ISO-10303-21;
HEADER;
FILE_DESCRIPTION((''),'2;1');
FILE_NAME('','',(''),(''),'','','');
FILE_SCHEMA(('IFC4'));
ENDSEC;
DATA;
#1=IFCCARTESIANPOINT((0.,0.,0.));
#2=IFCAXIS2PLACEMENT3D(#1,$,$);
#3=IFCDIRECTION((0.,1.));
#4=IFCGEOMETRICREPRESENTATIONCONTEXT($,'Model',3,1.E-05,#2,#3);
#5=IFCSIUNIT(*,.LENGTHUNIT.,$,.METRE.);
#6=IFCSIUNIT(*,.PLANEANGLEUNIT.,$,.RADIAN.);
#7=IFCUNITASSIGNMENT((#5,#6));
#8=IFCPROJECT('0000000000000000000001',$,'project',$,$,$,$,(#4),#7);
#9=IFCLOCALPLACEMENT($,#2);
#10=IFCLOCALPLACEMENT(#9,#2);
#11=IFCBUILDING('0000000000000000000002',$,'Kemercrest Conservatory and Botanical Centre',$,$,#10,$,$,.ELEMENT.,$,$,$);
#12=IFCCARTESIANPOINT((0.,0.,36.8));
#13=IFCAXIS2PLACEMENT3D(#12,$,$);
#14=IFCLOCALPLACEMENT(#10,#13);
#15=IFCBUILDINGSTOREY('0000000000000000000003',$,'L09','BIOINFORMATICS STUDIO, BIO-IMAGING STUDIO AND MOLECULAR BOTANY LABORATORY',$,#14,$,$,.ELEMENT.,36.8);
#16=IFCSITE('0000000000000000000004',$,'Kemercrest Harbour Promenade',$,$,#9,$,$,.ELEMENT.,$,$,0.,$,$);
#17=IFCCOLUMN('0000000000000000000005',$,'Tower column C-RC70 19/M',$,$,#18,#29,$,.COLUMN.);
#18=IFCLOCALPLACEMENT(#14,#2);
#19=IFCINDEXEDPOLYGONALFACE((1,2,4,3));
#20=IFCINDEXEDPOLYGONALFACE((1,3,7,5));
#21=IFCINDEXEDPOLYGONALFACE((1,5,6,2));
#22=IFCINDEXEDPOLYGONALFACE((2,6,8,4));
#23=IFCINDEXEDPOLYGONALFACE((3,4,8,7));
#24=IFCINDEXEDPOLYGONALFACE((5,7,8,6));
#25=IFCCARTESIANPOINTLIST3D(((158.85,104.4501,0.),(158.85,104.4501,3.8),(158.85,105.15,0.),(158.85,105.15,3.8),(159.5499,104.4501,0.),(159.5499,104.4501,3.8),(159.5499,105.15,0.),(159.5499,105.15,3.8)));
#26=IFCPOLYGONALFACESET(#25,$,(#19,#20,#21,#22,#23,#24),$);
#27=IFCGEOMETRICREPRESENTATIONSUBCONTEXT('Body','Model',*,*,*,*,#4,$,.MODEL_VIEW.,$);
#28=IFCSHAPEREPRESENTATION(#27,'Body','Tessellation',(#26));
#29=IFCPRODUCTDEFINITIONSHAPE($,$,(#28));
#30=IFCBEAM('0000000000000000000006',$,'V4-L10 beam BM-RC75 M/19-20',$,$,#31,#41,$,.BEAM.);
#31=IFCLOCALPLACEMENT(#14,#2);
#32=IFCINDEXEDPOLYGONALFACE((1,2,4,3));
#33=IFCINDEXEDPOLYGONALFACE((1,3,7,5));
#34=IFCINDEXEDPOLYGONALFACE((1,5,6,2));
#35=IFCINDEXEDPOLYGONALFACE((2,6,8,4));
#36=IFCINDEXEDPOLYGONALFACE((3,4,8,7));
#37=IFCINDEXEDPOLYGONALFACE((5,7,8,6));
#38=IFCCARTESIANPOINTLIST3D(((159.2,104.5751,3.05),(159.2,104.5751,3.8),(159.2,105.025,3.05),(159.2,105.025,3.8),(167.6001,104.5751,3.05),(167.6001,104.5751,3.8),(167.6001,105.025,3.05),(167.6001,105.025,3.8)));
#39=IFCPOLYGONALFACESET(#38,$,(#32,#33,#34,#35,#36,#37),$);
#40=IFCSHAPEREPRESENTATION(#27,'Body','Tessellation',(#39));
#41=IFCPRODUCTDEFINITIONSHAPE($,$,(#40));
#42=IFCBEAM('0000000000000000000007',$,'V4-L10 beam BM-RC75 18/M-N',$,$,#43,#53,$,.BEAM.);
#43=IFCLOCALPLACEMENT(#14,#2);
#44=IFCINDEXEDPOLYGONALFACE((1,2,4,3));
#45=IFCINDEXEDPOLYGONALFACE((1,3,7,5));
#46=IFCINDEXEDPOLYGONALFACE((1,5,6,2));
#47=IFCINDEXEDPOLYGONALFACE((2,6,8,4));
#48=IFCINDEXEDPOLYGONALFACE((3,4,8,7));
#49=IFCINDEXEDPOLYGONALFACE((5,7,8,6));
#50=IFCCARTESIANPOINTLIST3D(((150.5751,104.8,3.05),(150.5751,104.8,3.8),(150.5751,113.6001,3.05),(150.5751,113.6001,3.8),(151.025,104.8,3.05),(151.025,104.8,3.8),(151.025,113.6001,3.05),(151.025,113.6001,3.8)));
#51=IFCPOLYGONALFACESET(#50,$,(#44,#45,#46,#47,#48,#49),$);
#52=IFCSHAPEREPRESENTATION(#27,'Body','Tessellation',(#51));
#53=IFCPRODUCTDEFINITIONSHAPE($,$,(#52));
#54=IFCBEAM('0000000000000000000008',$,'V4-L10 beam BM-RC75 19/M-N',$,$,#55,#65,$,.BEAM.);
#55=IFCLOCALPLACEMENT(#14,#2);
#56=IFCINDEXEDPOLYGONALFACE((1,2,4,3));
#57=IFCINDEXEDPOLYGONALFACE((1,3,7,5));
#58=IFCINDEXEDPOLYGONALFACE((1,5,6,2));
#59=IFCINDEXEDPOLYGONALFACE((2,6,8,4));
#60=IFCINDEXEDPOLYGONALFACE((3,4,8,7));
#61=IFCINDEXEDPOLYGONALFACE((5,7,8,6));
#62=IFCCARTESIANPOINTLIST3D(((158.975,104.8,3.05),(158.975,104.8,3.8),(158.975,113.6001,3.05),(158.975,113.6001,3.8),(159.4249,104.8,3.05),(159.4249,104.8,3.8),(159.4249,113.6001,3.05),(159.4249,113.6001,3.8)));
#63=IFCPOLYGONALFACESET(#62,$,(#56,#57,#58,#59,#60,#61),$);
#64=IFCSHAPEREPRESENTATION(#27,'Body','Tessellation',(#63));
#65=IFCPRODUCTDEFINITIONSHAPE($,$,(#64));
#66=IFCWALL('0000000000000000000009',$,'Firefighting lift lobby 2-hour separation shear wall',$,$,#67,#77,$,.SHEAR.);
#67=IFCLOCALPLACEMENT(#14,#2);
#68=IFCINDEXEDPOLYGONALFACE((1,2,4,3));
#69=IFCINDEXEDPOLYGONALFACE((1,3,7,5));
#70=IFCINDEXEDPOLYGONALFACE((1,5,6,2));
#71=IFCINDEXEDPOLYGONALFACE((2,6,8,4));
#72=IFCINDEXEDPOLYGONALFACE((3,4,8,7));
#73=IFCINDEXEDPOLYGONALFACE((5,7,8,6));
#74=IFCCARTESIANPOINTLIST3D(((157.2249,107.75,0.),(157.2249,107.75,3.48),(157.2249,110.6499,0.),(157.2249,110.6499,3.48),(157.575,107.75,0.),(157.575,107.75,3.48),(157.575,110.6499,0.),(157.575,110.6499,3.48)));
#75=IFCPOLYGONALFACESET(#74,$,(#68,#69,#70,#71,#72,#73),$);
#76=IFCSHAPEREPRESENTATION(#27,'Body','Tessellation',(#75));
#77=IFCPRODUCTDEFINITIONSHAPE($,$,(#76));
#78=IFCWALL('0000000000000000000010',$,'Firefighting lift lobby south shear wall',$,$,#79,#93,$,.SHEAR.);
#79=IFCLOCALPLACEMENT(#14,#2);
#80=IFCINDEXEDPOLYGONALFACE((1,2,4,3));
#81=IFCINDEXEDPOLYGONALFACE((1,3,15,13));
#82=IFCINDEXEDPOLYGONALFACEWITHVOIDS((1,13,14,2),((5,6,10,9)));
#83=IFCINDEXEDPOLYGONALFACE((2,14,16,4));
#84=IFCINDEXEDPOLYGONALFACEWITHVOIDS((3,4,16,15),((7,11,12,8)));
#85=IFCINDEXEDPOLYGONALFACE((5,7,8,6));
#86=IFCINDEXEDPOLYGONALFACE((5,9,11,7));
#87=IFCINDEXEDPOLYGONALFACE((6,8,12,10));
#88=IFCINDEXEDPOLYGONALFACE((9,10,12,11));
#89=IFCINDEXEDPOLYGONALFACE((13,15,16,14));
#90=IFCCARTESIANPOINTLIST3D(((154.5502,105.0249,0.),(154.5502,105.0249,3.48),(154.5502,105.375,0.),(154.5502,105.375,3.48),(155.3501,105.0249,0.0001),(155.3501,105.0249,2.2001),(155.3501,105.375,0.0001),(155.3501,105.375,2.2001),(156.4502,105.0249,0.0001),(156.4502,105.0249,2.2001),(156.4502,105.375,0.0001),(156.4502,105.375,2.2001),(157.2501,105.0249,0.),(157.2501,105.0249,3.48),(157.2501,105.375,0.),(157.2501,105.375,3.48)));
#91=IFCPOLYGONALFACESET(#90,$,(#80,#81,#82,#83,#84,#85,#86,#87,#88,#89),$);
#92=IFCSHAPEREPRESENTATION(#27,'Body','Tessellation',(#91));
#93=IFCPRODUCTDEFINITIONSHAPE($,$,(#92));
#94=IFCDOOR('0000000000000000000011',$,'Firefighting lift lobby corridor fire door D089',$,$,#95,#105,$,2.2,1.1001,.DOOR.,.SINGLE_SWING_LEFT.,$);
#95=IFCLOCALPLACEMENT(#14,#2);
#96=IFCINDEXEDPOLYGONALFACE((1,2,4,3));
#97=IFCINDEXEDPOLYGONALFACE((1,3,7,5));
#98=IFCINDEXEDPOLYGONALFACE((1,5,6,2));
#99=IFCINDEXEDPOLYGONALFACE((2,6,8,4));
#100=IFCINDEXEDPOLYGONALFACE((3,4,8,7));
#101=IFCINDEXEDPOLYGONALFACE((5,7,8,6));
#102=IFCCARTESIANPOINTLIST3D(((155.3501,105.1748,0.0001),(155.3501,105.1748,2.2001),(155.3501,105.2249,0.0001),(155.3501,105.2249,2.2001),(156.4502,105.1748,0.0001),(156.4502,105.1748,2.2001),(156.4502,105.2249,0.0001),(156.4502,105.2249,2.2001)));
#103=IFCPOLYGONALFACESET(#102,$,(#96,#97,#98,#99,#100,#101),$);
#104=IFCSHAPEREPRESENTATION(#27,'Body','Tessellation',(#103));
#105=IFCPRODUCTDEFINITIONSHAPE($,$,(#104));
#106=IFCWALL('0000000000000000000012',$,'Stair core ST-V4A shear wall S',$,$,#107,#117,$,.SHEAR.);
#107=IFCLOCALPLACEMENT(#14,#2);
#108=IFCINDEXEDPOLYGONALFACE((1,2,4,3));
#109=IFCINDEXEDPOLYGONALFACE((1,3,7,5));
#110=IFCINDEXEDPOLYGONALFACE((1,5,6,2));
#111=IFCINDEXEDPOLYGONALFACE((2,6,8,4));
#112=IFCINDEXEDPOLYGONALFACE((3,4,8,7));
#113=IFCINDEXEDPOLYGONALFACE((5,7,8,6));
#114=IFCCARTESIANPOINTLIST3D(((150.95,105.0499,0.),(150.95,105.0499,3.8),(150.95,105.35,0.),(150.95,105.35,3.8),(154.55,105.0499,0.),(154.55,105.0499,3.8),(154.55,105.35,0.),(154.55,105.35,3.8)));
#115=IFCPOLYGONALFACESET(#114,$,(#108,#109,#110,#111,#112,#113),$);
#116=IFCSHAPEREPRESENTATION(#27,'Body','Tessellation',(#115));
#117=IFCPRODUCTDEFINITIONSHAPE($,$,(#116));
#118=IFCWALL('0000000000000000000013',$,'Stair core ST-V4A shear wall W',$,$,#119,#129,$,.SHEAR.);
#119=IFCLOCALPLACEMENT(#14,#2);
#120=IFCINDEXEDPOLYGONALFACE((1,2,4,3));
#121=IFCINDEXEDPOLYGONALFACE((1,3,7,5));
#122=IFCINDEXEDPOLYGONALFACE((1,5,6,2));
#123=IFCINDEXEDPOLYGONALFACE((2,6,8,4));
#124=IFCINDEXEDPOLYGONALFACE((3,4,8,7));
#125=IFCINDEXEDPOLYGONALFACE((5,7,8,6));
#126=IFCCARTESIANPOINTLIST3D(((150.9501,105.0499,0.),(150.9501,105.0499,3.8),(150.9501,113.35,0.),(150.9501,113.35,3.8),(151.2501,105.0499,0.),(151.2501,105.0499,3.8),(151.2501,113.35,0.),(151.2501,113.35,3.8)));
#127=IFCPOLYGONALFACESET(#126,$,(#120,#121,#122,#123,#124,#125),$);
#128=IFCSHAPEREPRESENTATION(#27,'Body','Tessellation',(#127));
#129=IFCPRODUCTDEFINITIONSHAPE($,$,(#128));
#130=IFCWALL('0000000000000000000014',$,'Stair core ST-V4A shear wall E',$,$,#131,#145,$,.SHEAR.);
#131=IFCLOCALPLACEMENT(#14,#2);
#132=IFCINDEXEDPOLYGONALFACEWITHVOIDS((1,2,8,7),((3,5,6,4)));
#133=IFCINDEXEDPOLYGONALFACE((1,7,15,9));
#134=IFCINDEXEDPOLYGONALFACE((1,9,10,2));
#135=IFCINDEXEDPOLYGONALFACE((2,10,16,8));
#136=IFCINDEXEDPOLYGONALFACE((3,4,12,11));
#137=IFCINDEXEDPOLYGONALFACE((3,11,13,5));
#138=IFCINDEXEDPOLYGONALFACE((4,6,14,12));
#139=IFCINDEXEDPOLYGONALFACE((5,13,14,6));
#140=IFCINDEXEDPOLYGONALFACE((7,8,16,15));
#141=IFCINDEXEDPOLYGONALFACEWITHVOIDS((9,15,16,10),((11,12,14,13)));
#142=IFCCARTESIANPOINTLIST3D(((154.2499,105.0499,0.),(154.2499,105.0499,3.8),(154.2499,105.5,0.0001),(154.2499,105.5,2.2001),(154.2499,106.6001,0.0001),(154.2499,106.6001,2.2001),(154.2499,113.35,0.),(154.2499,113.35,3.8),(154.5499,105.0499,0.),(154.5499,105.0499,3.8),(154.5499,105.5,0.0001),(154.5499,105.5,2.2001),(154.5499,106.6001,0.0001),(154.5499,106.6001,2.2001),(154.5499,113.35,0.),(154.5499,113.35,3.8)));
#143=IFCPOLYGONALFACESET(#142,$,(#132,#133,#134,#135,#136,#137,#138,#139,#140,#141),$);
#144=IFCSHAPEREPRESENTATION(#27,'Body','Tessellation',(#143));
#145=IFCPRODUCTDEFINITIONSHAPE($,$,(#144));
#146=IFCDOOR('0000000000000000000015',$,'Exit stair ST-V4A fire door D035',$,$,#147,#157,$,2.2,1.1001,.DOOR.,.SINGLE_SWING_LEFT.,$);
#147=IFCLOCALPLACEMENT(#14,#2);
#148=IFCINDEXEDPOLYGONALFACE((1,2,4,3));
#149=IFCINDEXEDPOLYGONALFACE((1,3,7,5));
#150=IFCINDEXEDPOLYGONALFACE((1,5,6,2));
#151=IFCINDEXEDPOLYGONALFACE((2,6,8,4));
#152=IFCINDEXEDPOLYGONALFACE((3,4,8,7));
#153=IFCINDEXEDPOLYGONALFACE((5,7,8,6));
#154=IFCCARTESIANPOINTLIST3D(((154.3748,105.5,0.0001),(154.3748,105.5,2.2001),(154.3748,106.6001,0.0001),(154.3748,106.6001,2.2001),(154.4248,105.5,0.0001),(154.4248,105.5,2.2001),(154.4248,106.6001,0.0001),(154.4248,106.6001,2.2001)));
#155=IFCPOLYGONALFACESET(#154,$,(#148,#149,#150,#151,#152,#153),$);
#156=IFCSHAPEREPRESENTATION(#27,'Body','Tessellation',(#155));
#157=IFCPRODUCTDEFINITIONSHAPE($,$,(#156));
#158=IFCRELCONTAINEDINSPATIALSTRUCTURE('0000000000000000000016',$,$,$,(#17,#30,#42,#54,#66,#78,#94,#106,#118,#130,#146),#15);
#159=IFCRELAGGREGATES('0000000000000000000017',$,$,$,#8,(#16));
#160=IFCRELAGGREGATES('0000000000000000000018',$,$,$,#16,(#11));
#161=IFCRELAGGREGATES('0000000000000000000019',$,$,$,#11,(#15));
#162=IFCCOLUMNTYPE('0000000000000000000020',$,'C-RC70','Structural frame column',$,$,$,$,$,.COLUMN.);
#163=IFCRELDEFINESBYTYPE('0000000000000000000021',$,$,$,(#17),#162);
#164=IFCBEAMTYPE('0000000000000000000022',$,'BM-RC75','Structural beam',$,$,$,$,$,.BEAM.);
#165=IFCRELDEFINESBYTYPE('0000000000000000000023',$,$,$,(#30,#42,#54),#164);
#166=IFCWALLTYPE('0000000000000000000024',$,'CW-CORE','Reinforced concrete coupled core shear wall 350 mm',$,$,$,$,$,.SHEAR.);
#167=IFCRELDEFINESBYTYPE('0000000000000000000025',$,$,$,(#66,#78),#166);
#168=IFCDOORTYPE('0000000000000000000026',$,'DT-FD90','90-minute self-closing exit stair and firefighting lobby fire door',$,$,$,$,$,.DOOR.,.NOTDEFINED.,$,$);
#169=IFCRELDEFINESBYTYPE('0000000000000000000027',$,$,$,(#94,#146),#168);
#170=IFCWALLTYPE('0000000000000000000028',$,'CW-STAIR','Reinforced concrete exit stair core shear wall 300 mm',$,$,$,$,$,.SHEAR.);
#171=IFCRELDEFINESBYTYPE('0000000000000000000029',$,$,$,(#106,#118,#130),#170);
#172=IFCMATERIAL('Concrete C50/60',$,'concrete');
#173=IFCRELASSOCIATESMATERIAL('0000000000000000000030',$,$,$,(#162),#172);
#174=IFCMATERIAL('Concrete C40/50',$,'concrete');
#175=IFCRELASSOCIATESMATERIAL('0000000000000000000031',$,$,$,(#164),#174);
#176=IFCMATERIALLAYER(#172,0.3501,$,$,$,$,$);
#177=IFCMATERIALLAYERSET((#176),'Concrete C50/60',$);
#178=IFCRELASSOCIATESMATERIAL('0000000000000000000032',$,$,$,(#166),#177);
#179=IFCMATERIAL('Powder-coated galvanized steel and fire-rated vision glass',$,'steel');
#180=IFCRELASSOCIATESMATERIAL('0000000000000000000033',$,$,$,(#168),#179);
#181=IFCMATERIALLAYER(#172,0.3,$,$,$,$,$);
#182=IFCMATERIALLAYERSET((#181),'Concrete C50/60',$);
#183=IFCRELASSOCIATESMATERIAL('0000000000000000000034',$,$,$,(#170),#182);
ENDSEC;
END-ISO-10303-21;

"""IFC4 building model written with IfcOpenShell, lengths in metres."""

from ifc_helpers import new_model, si_unit, direction, frame, frame_2d, origin, origin_2d, place, context, subcontext, project, spatial, rectangle, extrude, material, layer, layer_set, material_profile, profile_set, type_object, element, fill, save


model = new_model("IFC4")

# Units and contexts
model_context = context("Model", 3, precision=1e-05, world=origin(), true_north=direction((0.0, 1.0)))
body_context = subcontext(model_context, "Body", "Model", "MODEL_VIEW")
ifc_project = project(units=[si_unit("LENGTHUNIT", "METRE"), si_unit("PLANEANGLEUNIT", "RADIAN")], contexts=[model_context])

# Site, building, storey
site_placement = place(None, origin())
site = spatial("IfcSite", under=ifc_project, at=site_placement, Name="Kemercrest Harbour Promenade", CompositionType="ELEMENT", RefElevation=0.0)
building_placement = place(site_placement, origin())
building = spatial("IfcBuilding", under=site, at=building_placement, Name="Kemercrest Conservatory and Botanical Centre", CompositionType="ELEMENT")
storey_placement = place(building_placement, frame((0.0, 0.0, 36.8)))
storey = spatial("IfcBuildingStorey", under=building, at=storey_placement, Name="L09", Description="BIOINFORMATICS STUDIO, BIO-IMAGING STUDIO AND MOLECULAR BOTANY LABORATORY", CompositionType="ELEMENT", Elevation=36.8)

# Column
ifc_material_1 = material(Name="Concrete C50/60", Category="concrete")
ifc_material_profile_1 = material_profile(ifc_material_1, rectangle(XDim=0.7, YDim=0.7, at=origin_2d()), Name="RC 700x700")
ifc_profile_set_1 = profile_set([ifc_material_profile_1], Name="Concrete C50/60")
column_type = type_object("IfcColumnType", Name="C-RC70", Description="Structural frame column", PredefinedType="COLUMN", material=ifc_profile_set_1)
column_placement = place(storey_placement, frame((159.2, 104.8, 0.0), z_axis=(0.0, 0.0, 1.0), x_axis=(1.0, 0.0, 0.0)))
element("IfcColumn", 1, at=column_placement, inside=storey, type_object=column_type, Name="Tower column C-RC70 19/M", PredefinedType="COLUMN", context=body_context, shape_type="SweptSolid", body=[
    extrude(rectangle(XDim=0.7, YDim=0.7, at=origin_2d()), origin(), (0.0, 0.0, 1.0), 3.8),
])

# Beams
ifc_material_2 = material(Name="Concrete C40/50", Category="concrete")
ifc_material_profile_2 = material_profile(ifc_material_2, rectangle(XDim=0.45, YDim=0.75, at=origin_2d()), Name="RC 450x750")
ifc_profile_set_2 = profile_set([ifc_material_profile_2], Name="Concrete C40/50")
beam_type = type_object("IfcBeamType", Name="BM-RC75", Description="Structural beam", PredefinedType="BEAM", material=ifc_profile_set_2)
beam_placement = place(storey_placement, frame((159.2, 104.8, 3.425), z_axis=(1.0, 0.0, 0.0), x_axis=(0.0, 1.0, 0.0)))
element("IfcBeam", 2, at=beam_placement, inside=storey, type_object=beam_type, Name="V4-L10 beam BM-RC75 M/19-20", PredefinedType="BEAM", context=body_context, shape_type="SweptSolid", body=[
    extrude(rectangle(XDim=0.45, YDim=0.75, at=origin_2d()), origin(), (0.0, 0.0, 1.0), 8.4001),
])
for number, where, z_axis, x_axis, name in (
    (3, (150.8, 104.8, 3.425), (0.0, 1.0, 0.0), (-1.0, 0.0, 0.0), "V4-L10 beam BM-RC75 18/M-N"),
    (4, (159.2, 104.8, 3.425), (0.0, 1.0, 0.0), (-1.0, 0.0, 0.0), "V4-L10 beam BM-RC75 19/M-N"),
):
    element("IfcBeam", number, at=place(storey_placement, frame(where, z_axis=z_axis, x_axis=x_axis)), inside=storey, type_object=beam_type, Name=name, PredefinedType="BEAM", context=body_context, shape_type="SweptSolid", body=[
        extrude(rectangle(XDim=0.45, YDim=0.75, at=origin_2d()), origin(), (0.0, 0.0, 1.0), 8.8),
    ])

# Wall
ifc_layer_1 = layer(ifc_material_1, 0.3501)
ifc_layer_set_1 = layer_set([ifc_layer_1], Name="Concrete C50/60")
wall_type_1 = type_object("IfcWallType", Name="CW-CORE", Description="Reinforced concrete coupled core shear wall 350 mm", PredefinedType="SHEAR", material=ifc_layer_set_1)
wall_1_placement = place(storey_placement, frame((157.3999, 107.75, 0.0), z_axis=(0.0, 0.0, 1.0), x_axis=(0.0, 1.0, 0.0)))
element("IfcWall", 5, at=wall_1_placement, inside=storey, type_object=wall_type_1, Name="Firefighting lift lobby 2-hour separation shear wall", PredefinedType="SHEAR", context=body_context, shape_type="SweptSolid", body=[
    extrude(rectangle(XDim=2.8999, YDim=0.3501, at=frame_2d((1.45, 0.0))), origin(), (0.0, 0.0, 1.0), 3.48),
])

# Wall, opening, door
wall_2_placement = place(storey_placement, frame((154.55, 105.2, 0.0), z_axis=(0.0, 0.0, 1.0), x_axis=(1.0, 0.0, 0.0)))
wall_2 = element("IfcWall", 6, at=wall_2_placement, inside=storey, type_object=wall_type_1, Name="Firefighting lift lobby south shear wall", PredefinedType="SHEAR", context=body_context, shape_type="SweptSolid", body=[
    extrude(rectangle(XDim=2.7, YDim=0.3501, at=frame_2d((1.3501, 0.0))), origin(), (0.0, 0.0, 1.0), 3.48),
])
opening_1_placement = place(wall_2_placement, frame((0.8, 0.0, 0.0)))
opening_1 = element("IfcOpeningElement", 7, at=opening_1_placement, cuts=wall_2, PredefinedType="OPENING", context=body_context, shape_type="SweptSolid", body=[
    extrude(rectangle(XDim=1.1001, YDim=2.2, at=frame_2d((0.55, 1.1001))), frame((0.0, 0.1851, 0.0), z_axis=(0.0, -1.0, 0.0), x_axis=(1.0, 0.0, 0.0)), (0.0, 0.0, 1.0), 0.3701),
])
ifc_material_3 = material(Name="Powder-coated galvanized steel and fire-rated vision glass", Category="steel")
door_type_1 = type_object("IfcDoorType", Name="DT-FD90", Description="90-minute self-closing exit stair and firefighting lobby fire door", OperationType="NOTDEFINED", PredefinedType="DOOR", material=ifc_material_3)
door_1_placement = place(opening_1_placement, origin())
door_1 = element("IfcDoor", 8, at=door_1_placement, inside=storey, type_object=door_type_1, Name="Firefighting lift lobby corridor fire door D089", OperationType="SINGLE_SWING_LEFT", OverallHeight=2.2, OverallWidth=1.1001, PredefinedType="DOOR", context=body_context, shape_type="SweptSolid", body=[
    extrude(rectangle(XDim=1.1001, YDim=2.2, at=frame_2d((0.55, 1.1001))), frame((0.0, 0.0249, 0.0), z_axis=(0.0, -1.0, 0.0), x_axis=(1.0, 0.0, 0.0)), (0.0, 0.0, 1.0), 0.05),
])
fill(opening_1, door_1)

# Walls
ifc_layer_2 = layer(ifc_material_1, 0.3)
ifc_layer_set_2 = layer_set([ifc_layer_2], Name="Concrete C50/60")
wall_type_2 = type_object("IfcWallType", Name="CW-STAIR", Description="Reinforced concrete exit stair core shear wall 300 mm", PredefinedType="SHEAR", material=ifc_layer_set_2)
wall_3_placement = place(storey_placement, frame((150.95, 105.2, 0.0), z_axis=(0.0, 0.0, 1.0), x_axis=(1.0, 0.0, 0.0)))
element("IfcWall", 9, at=wall_3_placement, inside=storey, type_object=wall_type_2, Name="Stair core ST-V4A shear wall S", PredefinedType="SHEAR", context=body_context, shape_type="SweptSolid", body=[
    extrude(rectangle(XDim=3.6001, YDim=0.3, at=frame_2d((1.8, 0.0))), origin(), (0.0, 0.0, 1.0), 3.8),
])
wall_4_placement = place(storey_placement, frame((151.1001, 105.05, 0.0), z_axis=(0.0, 0.0, 1.0), x_axis=(0.0, 1.0, 0.0)))
element("IfcWall", 10, at=wall_4_placement, inside=storey, type_object=wall_type_2, Name="Stair core ST-V4A shear wall W", PredefinedType="SHEAR", context=body_context, shape_type="SweptSolid", body=[
    extrude(rectangle(XDim=8.3, YDim=0.3, at=frame_2d((4.1499, 0.0))), origin(), (0.0, 0.0, 1.0), 3.8),
])

# Wall, opening, door
wall_5_placement = place(storey_placement, frame((154.3999, 105.05, 0.0), z_axis=(0.0, 0.0, 1.0), x_axis=(0.0, 1.0, 0.0)))
wall_5 = element("IfcWall", 11, at=wall_5_placement, inside=storey, type_object=wall_type_2, Name="Stair core ST-V4A shear wall E", PredefinedType="SHEAR", context=body_context, shape_type="SweptSolid", body=[
    extrude(rectangle(XDim=8.3, YDim=0.3, at=frame_2d((4.1499, 0.0))), origin(), (0.0, 0.0, 1.0), 3.8),
])
opening_2_placement = place(wall_5_placement, frame((0.45, 0.0, 0.0)))
opening_2 = element("IfcOpeningElement", 12, at=opening_2_placement, cuts=wall_5, PredefinedType="OPENING", context=body_context, shape_type="SweptSolid", body=[
    extrude(rectangle(XDim=1.1001, YDim=2.2, at=frame_2d((0.55, 1.1001))), frame((0.0, 0.1602, 0.0), z_axis=(0.0, -1.0, 0.0), x_axis=(1.0, 0.0, 0.0)), (0.0, 0.0, 1.0), 0.3201),
])
door_2_placement = place(opening_2_placement, frame((1.1001, 0.0, 0.0), z_axis=(0.0, 0.0, 1.0), x_axis=(-1.0, 0.0, 0.0)))
door_2 = element("IfcDoor", 13, at=door_2_placement, inside=storey, type_object=door_type_1, Name="Exit stair ST-V4A fire door D035", OperationType="SINGLE_SWING_LEFT", OverallHeight=2.2, OverallWidth=1.1001, PredefinedType="DOOR", context=body_context, shape_type="SweptSolid", body=[
    extrude(rectangle(XDim=1.1001, YDim=2.2, at=frame_2d((0.55, 1.1001))), frame((0.0, 0.0249, 0.0), z_axis=(0.0, -1.0, 0.0), x_axis=(1.0, 0.0, 0.0)), (0.0, 0.0, 1.0), 0.05),
])
fill(opening_2, door_2)

save(model, "model.ifc")
